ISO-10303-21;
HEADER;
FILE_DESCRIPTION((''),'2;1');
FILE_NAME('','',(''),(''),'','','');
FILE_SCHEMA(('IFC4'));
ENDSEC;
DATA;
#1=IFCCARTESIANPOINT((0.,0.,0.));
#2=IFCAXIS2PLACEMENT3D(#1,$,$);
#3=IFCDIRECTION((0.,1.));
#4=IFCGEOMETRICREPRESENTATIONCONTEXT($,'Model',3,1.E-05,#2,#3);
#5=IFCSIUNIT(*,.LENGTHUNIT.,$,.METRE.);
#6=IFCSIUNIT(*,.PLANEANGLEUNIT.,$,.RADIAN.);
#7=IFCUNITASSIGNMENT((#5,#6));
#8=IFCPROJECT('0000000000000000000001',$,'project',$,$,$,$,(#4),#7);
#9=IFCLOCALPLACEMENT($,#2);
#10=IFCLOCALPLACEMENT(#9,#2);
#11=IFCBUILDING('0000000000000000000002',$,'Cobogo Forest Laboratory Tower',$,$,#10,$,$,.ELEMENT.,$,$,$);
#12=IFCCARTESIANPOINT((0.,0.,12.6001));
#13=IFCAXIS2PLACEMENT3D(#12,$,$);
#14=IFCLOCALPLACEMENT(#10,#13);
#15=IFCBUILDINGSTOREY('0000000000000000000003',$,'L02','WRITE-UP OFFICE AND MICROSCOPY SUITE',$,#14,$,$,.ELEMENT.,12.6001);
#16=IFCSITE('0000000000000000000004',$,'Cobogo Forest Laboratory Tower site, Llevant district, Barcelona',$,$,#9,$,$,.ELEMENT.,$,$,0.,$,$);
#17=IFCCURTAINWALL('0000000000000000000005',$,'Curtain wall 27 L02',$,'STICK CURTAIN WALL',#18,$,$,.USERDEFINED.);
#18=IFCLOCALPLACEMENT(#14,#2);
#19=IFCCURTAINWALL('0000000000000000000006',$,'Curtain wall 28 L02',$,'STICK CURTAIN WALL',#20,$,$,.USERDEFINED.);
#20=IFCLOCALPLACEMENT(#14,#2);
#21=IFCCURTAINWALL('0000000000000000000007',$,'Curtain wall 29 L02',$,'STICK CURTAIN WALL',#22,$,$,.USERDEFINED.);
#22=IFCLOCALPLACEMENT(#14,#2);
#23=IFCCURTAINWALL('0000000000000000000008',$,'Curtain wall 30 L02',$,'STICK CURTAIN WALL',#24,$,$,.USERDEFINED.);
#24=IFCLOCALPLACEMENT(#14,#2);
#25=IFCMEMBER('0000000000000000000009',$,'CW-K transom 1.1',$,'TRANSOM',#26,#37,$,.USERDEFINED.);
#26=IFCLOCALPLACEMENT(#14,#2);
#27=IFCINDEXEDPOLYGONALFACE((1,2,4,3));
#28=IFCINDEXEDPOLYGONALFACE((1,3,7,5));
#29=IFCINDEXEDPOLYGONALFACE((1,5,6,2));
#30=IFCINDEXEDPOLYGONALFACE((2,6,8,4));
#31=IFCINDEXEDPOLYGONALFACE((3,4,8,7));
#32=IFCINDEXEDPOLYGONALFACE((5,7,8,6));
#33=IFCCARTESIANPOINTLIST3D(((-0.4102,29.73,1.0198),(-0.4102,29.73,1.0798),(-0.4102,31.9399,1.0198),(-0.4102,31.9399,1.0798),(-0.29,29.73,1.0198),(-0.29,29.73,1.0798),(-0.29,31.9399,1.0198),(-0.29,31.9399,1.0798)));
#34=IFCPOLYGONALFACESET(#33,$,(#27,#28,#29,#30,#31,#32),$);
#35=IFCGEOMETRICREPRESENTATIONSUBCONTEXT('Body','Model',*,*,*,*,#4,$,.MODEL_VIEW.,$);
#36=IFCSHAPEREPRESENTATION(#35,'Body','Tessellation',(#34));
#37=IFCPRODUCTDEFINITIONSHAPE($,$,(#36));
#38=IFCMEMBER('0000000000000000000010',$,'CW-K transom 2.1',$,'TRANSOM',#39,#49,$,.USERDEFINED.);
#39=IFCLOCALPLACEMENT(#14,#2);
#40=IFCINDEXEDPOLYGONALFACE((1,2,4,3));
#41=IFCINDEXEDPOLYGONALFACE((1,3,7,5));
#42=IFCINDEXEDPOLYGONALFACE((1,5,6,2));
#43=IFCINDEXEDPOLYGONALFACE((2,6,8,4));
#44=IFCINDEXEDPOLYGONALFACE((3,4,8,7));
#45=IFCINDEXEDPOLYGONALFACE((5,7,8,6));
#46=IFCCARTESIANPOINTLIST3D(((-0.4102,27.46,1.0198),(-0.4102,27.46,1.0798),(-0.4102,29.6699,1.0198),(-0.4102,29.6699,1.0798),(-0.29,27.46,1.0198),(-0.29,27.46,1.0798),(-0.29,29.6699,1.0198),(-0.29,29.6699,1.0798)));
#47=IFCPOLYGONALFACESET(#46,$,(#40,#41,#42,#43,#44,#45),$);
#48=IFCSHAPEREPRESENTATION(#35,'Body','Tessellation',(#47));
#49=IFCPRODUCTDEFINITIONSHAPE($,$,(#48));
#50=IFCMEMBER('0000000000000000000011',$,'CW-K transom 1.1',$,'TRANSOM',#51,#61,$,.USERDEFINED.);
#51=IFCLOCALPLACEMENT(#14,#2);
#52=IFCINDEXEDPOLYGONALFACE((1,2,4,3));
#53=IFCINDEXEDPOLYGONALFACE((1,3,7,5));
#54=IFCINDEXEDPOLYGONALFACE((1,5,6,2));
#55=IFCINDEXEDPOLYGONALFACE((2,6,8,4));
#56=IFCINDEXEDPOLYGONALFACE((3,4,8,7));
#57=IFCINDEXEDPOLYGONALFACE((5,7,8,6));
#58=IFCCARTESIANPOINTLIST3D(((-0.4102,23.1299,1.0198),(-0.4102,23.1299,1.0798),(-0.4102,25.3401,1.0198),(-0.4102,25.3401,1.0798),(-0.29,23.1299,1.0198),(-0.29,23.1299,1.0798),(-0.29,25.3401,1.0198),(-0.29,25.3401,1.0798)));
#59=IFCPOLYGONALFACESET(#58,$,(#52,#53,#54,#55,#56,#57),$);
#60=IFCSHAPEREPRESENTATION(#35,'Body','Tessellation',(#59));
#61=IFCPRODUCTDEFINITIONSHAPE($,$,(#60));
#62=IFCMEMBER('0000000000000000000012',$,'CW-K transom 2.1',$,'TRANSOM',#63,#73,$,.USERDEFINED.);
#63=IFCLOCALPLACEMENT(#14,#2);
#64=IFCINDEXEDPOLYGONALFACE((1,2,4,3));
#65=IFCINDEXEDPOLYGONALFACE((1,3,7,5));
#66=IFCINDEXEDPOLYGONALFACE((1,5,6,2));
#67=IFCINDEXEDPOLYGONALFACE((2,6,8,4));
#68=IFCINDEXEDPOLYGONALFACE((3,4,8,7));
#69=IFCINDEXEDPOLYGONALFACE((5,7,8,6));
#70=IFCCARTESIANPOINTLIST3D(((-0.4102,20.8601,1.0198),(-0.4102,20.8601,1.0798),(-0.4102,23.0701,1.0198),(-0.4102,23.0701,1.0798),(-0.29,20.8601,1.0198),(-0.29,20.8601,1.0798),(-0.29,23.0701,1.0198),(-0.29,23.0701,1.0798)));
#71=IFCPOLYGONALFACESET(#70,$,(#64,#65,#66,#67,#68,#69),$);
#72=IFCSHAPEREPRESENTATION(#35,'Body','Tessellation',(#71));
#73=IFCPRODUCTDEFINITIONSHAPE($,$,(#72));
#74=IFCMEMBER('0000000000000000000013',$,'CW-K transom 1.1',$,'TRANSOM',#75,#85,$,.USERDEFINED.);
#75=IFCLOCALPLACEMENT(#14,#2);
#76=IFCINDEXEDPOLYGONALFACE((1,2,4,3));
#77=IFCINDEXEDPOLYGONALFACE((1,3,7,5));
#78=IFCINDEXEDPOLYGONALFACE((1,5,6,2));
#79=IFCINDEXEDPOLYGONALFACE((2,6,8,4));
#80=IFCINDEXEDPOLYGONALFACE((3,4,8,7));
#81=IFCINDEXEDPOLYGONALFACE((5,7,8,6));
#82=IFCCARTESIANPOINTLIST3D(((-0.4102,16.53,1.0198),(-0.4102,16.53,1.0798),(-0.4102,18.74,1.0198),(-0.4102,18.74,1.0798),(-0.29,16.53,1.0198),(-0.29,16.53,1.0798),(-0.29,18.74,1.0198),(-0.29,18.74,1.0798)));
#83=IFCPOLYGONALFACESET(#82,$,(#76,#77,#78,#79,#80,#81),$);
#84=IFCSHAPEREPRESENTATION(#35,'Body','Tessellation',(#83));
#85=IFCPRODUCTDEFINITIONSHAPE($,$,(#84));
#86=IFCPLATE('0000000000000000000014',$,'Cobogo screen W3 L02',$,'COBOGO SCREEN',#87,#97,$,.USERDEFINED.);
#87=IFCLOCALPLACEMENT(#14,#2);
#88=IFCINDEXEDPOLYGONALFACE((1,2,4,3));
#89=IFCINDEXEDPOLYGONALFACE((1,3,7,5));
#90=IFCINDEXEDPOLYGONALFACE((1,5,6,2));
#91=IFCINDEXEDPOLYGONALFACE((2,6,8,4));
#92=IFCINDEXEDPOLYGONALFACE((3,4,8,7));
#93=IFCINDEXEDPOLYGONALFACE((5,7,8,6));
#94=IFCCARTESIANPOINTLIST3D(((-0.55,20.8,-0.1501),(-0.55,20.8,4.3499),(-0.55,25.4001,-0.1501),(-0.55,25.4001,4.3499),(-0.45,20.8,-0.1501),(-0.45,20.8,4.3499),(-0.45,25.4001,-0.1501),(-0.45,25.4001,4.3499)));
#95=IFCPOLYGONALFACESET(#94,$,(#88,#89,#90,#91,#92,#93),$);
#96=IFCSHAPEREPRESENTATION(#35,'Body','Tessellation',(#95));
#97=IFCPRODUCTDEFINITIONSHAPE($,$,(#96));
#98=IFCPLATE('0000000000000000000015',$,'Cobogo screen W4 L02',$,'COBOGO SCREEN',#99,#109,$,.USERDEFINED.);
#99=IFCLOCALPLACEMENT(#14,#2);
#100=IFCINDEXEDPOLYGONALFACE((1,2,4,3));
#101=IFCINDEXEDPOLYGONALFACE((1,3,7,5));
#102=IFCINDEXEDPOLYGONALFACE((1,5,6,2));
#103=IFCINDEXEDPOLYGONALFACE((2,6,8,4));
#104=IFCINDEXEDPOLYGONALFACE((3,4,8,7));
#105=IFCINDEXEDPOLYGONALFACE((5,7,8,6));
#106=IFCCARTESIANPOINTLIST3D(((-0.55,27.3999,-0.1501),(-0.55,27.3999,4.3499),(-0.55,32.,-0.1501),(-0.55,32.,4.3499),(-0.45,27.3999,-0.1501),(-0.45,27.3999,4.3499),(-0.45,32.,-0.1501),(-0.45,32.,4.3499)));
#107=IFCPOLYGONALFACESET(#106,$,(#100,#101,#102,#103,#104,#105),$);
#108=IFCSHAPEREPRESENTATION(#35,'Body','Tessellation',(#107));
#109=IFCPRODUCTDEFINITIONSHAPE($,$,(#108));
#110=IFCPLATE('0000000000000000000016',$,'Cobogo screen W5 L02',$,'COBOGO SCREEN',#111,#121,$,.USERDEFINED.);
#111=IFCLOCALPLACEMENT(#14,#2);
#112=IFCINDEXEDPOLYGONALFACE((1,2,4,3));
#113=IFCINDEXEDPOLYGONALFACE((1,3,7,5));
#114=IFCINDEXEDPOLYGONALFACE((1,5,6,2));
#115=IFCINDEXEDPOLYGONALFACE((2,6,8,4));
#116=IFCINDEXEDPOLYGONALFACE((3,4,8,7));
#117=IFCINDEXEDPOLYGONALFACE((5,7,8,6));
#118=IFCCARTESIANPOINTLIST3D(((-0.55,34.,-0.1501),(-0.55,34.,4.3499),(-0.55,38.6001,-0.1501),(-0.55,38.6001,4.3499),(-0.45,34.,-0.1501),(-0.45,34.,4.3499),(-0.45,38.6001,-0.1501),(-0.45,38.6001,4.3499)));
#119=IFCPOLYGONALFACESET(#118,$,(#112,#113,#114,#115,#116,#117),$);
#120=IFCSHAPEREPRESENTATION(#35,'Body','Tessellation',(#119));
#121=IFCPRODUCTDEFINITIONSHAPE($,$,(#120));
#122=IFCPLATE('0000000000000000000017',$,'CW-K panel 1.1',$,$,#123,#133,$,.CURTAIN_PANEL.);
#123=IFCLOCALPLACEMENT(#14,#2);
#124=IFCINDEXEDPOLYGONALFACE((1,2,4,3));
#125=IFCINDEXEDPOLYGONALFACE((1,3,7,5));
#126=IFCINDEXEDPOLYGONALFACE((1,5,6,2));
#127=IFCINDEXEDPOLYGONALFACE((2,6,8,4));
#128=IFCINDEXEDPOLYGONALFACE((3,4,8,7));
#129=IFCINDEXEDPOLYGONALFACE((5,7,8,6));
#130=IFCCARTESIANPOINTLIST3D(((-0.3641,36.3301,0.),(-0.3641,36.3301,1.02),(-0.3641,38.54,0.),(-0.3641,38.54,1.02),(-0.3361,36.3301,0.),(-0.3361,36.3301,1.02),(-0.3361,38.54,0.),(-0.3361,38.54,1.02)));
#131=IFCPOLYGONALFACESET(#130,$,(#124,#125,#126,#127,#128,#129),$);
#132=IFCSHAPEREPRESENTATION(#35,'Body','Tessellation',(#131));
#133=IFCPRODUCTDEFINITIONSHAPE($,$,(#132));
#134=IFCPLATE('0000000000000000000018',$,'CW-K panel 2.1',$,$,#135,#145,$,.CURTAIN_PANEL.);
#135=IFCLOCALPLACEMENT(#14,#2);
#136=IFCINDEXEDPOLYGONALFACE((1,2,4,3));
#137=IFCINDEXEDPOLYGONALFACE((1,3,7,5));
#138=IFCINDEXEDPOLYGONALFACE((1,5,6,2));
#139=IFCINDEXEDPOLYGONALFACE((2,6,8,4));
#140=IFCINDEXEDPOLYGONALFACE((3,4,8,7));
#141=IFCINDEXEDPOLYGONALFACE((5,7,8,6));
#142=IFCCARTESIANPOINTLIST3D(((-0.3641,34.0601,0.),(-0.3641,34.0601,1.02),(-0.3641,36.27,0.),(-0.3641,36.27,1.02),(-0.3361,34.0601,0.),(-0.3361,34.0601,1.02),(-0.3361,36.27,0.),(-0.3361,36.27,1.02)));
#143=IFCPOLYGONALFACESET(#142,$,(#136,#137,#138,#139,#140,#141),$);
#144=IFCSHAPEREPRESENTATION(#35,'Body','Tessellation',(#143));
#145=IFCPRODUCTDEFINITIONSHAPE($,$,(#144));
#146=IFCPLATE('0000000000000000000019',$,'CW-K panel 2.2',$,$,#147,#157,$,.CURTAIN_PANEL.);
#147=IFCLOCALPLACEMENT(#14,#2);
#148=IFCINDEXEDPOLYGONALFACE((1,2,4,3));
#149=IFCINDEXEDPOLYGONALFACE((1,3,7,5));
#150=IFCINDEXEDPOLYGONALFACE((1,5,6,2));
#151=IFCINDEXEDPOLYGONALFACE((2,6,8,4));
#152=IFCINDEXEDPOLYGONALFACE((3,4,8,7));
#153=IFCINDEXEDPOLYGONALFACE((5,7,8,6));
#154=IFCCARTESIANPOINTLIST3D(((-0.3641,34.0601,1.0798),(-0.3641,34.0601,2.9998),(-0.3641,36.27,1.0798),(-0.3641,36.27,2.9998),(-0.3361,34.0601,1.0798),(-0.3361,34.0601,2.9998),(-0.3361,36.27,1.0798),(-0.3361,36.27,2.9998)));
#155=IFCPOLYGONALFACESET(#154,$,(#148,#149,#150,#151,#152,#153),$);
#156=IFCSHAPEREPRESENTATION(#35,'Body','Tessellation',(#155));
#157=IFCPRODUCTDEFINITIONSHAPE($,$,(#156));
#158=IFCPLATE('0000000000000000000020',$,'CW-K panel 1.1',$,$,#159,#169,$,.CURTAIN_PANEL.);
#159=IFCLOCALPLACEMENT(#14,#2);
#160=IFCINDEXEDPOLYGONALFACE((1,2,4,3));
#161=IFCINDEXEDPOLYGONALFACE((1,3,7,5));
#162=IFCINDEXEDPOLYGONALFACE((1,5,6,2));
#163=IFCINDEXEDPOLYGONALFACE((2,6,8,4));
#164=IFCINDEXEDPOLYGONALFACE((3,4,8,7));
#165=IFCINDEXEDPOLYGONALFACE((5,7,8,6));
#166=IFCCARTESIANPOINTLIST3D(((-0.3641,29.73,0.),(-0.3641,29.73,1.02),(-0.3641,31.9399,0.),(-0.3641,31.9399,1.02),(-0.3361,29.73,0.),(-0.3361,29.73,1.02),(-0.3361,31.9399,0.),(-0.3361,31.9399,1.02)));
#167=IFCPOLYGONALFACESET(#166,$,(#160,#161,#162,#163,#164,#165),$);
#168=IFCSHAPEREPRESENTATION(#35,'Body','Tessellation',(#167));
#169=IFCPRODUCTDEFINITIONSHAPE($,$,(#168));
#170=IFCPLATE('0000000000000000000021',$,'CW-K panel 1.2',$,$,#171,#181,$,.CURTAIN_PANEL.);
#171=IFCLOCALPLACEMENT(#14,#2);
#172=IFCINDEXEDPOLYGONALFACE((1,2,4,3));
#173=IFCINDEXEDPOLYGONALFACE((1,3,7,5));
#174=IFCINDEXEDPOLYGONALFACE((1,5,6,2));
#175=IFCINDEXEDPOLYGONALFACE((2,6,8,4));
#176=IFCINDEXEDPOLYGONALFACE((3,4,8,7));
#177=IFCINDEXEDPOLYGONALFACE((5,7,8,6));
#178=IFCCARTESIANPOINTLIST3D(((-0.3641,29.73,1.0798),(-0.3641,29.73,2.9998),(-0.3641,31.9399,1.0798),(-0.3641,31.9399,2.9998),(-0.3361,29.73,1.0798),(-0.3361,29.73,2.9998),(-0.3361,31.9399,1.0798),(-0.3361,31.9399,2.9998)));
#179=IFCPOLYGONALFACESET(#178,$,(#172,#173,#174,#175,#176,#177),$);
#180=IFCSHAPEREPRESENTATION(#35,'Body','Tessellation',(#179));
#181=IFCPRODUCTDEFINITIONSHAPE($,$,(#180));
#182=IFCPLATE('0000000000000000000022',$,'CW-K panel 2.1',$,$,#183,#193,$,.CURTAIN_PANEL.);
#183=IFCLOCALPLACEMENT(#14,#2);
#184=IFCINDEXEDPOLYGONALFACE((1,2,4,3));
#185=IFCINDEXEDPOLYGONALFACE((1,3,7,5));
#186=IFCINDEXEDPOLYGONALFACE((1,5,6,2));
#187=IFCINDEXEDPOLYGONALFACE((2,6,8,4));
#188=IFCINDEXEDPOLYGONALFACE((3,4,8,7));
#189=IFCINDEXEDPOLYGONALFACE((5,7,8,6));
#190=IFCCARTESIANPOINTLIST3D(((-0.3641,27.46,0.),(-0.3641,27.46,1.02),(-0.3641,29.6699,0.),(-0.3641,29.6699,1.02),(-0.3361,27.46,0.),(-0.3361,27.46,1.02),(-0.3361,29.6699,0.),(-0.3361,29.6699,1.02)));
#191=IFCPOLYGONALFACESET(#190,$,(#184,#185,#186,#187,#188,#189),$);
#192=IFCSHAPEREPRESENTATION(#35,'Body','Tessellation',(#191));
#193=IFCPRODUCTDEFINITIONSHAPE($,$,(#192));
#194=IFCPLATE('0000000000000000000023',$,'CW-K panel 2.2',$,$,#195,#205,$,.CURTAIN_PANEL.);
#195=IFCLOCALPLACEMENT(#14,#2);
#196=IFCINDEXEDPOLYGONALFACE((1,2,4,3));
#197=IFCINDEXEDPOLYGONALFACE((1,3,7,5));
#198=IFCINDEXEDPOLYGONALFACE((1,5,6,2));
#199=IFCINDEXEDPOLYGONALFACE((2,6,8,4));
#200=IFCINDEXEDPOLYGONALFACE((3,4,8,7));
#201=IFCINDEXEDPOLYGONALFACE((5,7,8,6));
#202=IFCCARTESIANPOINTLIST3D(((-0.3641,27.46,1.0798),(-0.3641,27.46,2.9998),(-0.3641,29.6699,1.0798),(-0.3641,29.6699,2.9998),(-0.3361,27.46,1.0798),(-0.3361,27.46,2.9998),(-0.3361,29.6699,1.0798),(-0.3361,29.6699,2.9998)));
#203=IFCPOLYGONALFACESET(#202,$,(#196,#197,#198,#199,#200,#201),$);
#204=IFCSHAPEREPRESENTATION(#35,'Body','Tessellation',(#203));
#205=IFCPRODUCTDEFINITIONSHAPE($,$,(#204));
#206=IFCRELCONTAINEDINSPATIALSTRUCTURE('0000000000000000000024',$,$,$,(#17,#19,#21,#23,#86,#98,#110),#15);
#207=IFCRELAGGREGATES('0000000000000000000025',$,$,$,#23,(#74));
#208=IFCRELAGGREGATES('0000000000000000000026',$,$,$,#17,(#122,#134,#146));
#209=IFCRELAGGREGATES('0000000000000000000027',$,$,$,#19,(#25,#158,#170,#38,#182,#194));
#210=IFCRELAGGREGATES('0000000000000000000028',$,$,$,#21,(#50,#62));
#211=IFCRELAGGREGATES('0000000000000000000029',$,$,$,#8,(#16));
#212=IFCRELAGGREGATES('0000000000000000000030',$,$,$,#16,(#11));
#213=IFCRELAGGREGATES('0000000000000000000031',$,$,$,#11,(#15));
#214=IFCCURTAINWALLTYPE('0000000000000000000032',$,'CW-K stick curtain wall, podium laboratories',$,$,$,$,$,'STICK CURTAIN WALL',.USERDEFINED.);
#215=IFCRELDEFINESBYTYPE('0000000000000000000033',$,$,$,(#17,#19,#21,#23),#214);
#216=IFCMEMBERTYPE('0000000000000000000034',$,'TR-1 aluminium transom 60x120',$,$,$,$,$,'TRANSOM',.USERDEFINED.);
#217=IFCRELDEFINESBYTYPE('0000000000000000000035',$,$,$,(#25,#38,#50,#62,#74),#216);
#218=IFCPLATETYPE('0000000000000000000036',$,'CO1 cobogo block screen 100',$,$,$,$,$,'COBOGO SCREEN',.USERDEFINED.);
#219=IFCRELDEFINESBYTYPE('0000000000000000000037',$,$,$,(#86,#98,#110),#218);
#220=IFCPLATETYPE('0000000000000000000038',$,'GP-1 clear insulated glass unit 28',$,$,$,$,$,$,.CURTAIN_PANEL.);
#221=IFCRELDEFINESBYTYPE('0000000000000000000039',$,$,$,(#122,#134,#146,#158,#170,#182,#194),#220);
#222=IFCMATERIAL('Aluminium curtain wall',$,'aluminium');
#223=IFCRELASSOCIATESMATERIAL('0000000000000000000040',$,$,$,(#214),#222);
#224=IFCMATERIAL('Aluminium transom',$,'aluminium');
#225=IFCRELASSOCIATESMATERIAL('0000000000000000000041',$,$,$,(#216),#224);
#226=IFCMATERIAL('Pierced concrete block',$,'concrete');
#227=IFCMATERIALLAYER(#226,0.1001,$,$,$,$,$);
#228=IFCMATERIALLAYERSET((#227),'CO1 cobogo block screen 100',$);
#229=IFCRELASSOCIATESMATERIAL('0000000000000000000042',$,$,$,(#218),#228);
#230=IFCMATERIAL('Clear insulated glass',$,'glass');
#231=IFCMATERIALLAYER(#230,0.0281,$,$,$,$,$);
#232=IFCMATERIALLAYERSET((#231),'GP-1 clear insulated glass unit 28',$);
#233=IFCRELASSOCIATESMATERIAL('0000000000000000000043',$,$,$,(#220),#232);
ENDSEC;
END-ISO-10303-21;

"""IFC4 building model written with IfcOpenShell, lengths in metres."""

from ifc_helpers import new_model, si_unit, direction, frame, origin, origin_2d, place, context, subcontext, project, spatial, rectangle, extrude, material, layer, layer_set, material_profile, profile_set, type_object, element, aggregate, save


model = new_model("IFC4")

# Units and contexts
model_context = context("Model", 3, precision=1e-05, world=origin(), true_north=direction((0.0, 1.0)))
body_context = subcontext(model_context, "Body", "Model", "MODEL_VIEW")
ifc_project = project(units=[si_unit("LENGTHUNIT", "METRE"), si_unit("PLANEANGLEUNIT", "RADIAN")], contexts=[model_context])

# Site, building, storey
site_placement = place(None, origin())
site = spatial("IfcSite", under=ifc_project, at=site_placement, Name="Cobogo Forest Laboratory Tower site, Llevant district, Barcelona", CompositionType="ELEMENT", RefElevation=0.0)
building_placement = place(site_placement, origin())
building = spatial("IfcBuilding", under=site, at=building_placement, Name="Cobogo Forest Laboratory Tower", CompositionType="ELEMENT")
storey_placement = place(building_placement, frame((0.0, 0.0, 12.6001)))
storey = spatial("IfcBuildingStorey", under=building, at=storey_placement, Name="L02", Description="WRITE-UP OFFICE AND MICROSCOPY SUITE", CompositionType="ELEMENT", Elevation=12.6001)

# Curtain walls
ifc_material_1 = material(Name="Aluminium curtain wall", Category="aluminium")
curtain_wall_type = type_object("IfcCurtainWallType", Name="CW-K stick curtain wall, podium laboratories", ElementType="STICK CURTAIN WALL", PredefinedType="USERDEFINED", material=ifc_material_1)
curtain_wall_1_placement = place(storey_placement, origin())
curtain_wall_1 = element("IfcCurtainWall", 1, at=curtain_wall_1_placement, inside=storey, type_object=curtain_wall_type, Name="Curtain wall 27 L02", ObjectType="STICK CURTAIN WALL", PredefinedType="USERDEFINED")
curtain_wall_2_placement = place(storey_placement, origin())
curtain_wall_2 = element("IfcCurtainWall", 2, at=curtain_wall_2_placement, inside=storey, type_object=curtain_wall_type, Name="Curtain wall 28 L02", ObjectType="STICK CURTAIN WALL", PredefinedType="USERDEFINED")
curtain_wall_3_placement = place(storey_placement, origin())
curtain_wall_3 = element("IfcCurtainWall", 3, at=curtain_wall_3_placement, inside=storey, type_object=curtain_wall_type, Name="Curtain wall 29 L02", ObjectType="STICK CURTAIN WALL", PredefinedType="USERDEFINED")

# Curtain wall
curtain_wall_4_placement = place(storey_placement, origin())
curtain_wall_4 = element("IfcCurtainWall", 4, at=curtain_wall_4_placement, inside=storey, type_object=curtain_wall_type, Name="Curtain wall 30 L02", ObjectType="STICK CURTAIN WALL", PredefinedType="USERDEFINED")

# Members
ifc_material_2 = material(Name="Aluminium transom", Category="aluminium")
ifc_material_profile_1 = material_profile(ifc_material_2, rectangle(XDim=0.1201, YDim=0.0601, at=origin_2d()), Name="AL 60x120")
ifc_profile_set_1 = profile_set([ifc_material_profile_1], Name="Aluminium transom")
member_type_1 = type_object("IfcMemberType", Name="TR-1 aluminium transom 60x120", ElementType="TRANSOM", PredefinedType="USERDEFINED", material=ifc_profile_set_1)
member_1_placement = place(storey_placement, frame((-0.3501, 31.9399, 1.0498), z_axis=(0.0, -1.0, 0.0), x_axis=(1.0, 0.0, 0.0)))
member_1 = element("IfcMember", 5, at=member_1_placement, type_object=member_type_1, Name="CW-K transom 1.1", ObjectType="TRANSOM", PredefinedType="USERDEFINED", context=body_context, shape_type="SweptSolid", body=[
    extrude(rectangle(XDim=0.1201, YDim=0.0601, at=origin_2d()), origin(), (0.0, 0.0, 1.0), 2.21),
])
member_2_placement = place(storey_placement, frame((-0.3501, 29.6699, 1.0498), z_axis=(0.0, -1.0, 0.0), x_axis=(1.0, 0.0, 0.0)))
member_2 = element("IfcMember", 6, at=member_2_placement, type_object=member_type_1, Name="CW-K transom 2.1", ObjectType="TRANSOM", PredefinedType="USERDEFINED", context=body_context, shape_type="SweptSolid", body=[
    extrude(rectangle(XDim=0.1201, YDim=0.0601, at=origin_2d()), origin(), (0.0, 0.0, 1.0), 2.21),
])
member_3_placement = place(storey_placement, frame((-0.3501, 25.3401, 1.0498), z_axis=(0.0, -1.0, 0.0), x_axis=(1.0, 0.0, 0.0)))
member_3 = element("IfcMember", 7, at=member_3_placement, type_object=member_type_1, Name="CW-K transom 1.1", ObjectType="TRANSOM", PredefinedType="USERDEFINED", context=body_context, shape_type="SweptSolid", body=[
    extrude(rectangle(XDim=0.1201, YDim=0.0601, at=origin_2d()), origin(), (0.0, 0.0, 1.0), 2.2102),
])
member_4_placement = place(storey_placement, frame((-0.3501, 23.0701, 1.0498), z_axis=(0.0, -1.0, 0.0), x_axis=(1.0, 0.0, 0.0)))
member_4 = element("IfcMember", 8, at=member_4_placement, type_object=member_type_1, Name="CW-K transom 2.1", ObjectType="TRANSOM", PredefinedType="USERDEFINED", context=body_context, shape_type="SweptSolid", body=[
    extrude(rectangle(XDim=0.1201, YDim=0.0601, at=origin_2d()), origin(), (0.0, 0.0, 1.0), 2.21),
])
member_5_placement = place(storey_placement, frame((-0.3501, 18.74, 1.0498), z_axis=(0.0, -1.0, 0.0), x_axis=(1.0, 0.0, 0.0)))
member_5 = element("IfcMember", 9, at=member_5_placement, type_object=member_type_1, Name="CW-K transom 1.1", ObjectType="TRANSOM", PredefinedType="USERDEFINED", context=body_context, shape_type="SweptSolid", body=[
    extrude(rectangle(XDim=0.1201, YDim=0.0601, at=origin_2d()), origin(), (0.0, 0.0, 1.0), 2.21),
])
aggregate(curtain_wall_4, [member_5])

# Plates
ifc_material_3 = material(Name="Pierced concrete block", Category="concrete")
ifc_layer_1 = layer(ifc_material_3, 0.1001)
ifc_layer_set_1 = layer_set([ifc_layer_1], Name="CO1 cobogo block screen 100")
plate_type_1 = type_object("IfcPlateType", Name="CO1 cobogo block screen 100", ElementType="COBOGO SCREEN", PredefinedType="USERDEFINED", material=ifc_layer_set_1)
for number, where, z_axis, x_axis, name in (
    (10, (-0.5, 23.1001, -0.1501), (0.0, 0.0, 1.0), (0.0, 1.0, 0.0), "Cobogo screen W3 L02"),
    (11, (-0.5, 29.7, -0.1501), (0.0, 0.0, 1.0), (0.0, 1.0, 0.0), "Cobogo screen W4 L02"),
    (12, (-0.5, 36.3, -0.1501), (0.0, 0.0, 1.0), (0.0, 1.0, 0.0), "Cobogo screen W5 L02"),
):
    element("IfcPlate", number, at=place(storey_placement, frame(where, z_axis=z_axis, x_axis=x_axis)), inside=storey, type_object=plate_type_1, Name=name, ObjectType="COBOGO SCREEN", PredefinedType="USERDEFINED", context=body_context, shape_type="SweptSolid", body=[
        extrude(rectangle(XDim=4.6001, YDim=0.1001, at=origin_2d()), origin(), (0.0, 0.0, 1.0), 4.5),
    ])

# Plates
ifc_material_4 = material(Name="Clear insulated glass", Category="glass")
ifc_layer_2 = layer(ifc_material_4, 0.0281)
ifc_layer_set_2 = layer_set([ifc_layer_2], Name="GP-1 clear insulated glass unit 28")
plate_type_2 = type_object("IfcPlateType", Name="GP-1 clear insulated glass unit 28", PredefinedType="CURTAIN_PANEL", material=ifc_layer_set_2)
plate_1_placement = place(storey_placement, frame((-0.3501, 37.4351, 0.0), z_axis=(0.0, 0.0, 1.0), x_axis=(0.0, -1.0, 0.0)))
plate_1 = element("IfcPlate", 13, at=plate_1_placement, type_object=plate_type_2, Name="CW-K panel 1.1", PredefinedType="CURTAIN_PANEL", context=body_context, shape_type="SweptSolid", body=[
    extrude(rectangle(XDim=2.21, YDim=0.0281, at=origin_2d()), origin(), (0.0, 0.0, 1.0), 1.02),
])
plate_2_placement = place(storey_placement, frame((-0.3501, 35.165, 0.0), z_axis=(0.0, 0.0, 1.0), x_axis=(0.0, -1.0, 0.0)))
plate_2 = element("IfcPlate", 14, at=plate_2_placement, type_object=plate_type_2, Name="CW-K panel 2.1", PredefinedType="CURTAIN_PANEL", context=body_context, shape_type="SweptSolid", body=[
    extrude(rectangle(XDim=2.21, YDim=0.0281, at=origin_2d()), origin(), (0.0, 0.0, 1.0), 1.02),
])
plate_3_placement = place(storey_placement, frame((-0.3501, 35.165, 1.0798), z_axis=(0.0, 0.0, 1.0), x_axis=(0.0, -1.0, 0.0)))
plate_3 = element("IfcPlate", 15, at=plate_3_placement, type_object=plate_type_2, Name="CW-K panel 2.2", PredefinedType="CURTAIN_PANEL", context=body_context, shape_type="SweptSolid", body=[
    extrude(rectangle(XDim=2.21, YDim=0.0281, at=origin_2d()), origin(), (0.0, 0.0, 1.0), 1.9199),
])
aggregate(curtain_wall_1, [plate_1, plate_2, plate_3])
plate_4_placement = place(storey_placement, frame((-0.3501, 30.835, 0.0), z_axis=(0.0, 0.0, 1.0), x_axis=(0.0, -1.0, 0.0)))
plate_4 = element("IfcPlate", 16, at=plate_4_placement, type_object=plate_type_2, Name="CW-K panel 1.1", PredefinedType="CURTAIN_PANEL", context=body_context, shape_type="SweptSolid", body=[
    extrude(rectangle(XDim=2.21, YDim=0.0281, at=origin_2d()), origin(), (0.0, 0.0, 1.0), 1.02),
])
plate_5_placement = place(storey_placement, frame((-0.3501, 30.835, 1.0798), z_axis=(0.0, 0.0, 1.0), x_axis=(0.0, -1.0, 0.0)))
plate_5 = element("IfcPlate", 17, at=plate_5_placement, type_object=plate_type_2, Name="CW-K panel 1.2", PredefinedType="CURTAIN_PANEL", context=body_context, shape_type="SweptSolid", body=[
    extrude(rectangle(XDim=2.21, YDim=0.0281, at=origin_2d()), origin(), (0.0, 0.0, 1.0), 1.9199),
])
plate_6_placement = place(storey_placement, frame((-0.3501, 28.5649, 0.0), z_axis=(0.0, 0.0, 1.0), x_axis=(0.0, -1.0, 0.0)))
plate_6 = element("IfcPlate", 18, at=plate_6_placement, type_object=plate_type_2, Name="CW-K panel 2.1", PredefinedType="CURTAIN_PANEL", context=body_context, shape_type="SweptSolid", body=[
    extrude(rectangle(XDim=2.21, YDim=0.0281, at=origin_2d()), origin(), (0.0, 0.0, 1.0), 1.02),
])
plate_7_placement = place(storey_placement, frame((-0.3501, 28.5649, 1.0798), z_axis=(0.0, 0.0, 1.0), x_axis=(0.0, -1.0, 0.0)))
plate_7 = element("IfcPlate", 19, at=plate_7_placement, type_object=plate_type_2, Name="CW-K panel 2.2", PredefinedType="CURTAIN_PANEL", context=body_context, shape_type="SweptSolid", body=[
    extrude(rectangle(XDim=2.21, YDim=0.0281, at=origin_2d()), origin(), (0.0, 0.0, 1.0), 1.9199),
])
aggregate(curtain_wall_2, [member_1, plate_4, plate_5, member_2, plate_6, plate_7])
aggregate(curtain_wall_3, [member_3, member_4])

save(model, "model.ifc")
